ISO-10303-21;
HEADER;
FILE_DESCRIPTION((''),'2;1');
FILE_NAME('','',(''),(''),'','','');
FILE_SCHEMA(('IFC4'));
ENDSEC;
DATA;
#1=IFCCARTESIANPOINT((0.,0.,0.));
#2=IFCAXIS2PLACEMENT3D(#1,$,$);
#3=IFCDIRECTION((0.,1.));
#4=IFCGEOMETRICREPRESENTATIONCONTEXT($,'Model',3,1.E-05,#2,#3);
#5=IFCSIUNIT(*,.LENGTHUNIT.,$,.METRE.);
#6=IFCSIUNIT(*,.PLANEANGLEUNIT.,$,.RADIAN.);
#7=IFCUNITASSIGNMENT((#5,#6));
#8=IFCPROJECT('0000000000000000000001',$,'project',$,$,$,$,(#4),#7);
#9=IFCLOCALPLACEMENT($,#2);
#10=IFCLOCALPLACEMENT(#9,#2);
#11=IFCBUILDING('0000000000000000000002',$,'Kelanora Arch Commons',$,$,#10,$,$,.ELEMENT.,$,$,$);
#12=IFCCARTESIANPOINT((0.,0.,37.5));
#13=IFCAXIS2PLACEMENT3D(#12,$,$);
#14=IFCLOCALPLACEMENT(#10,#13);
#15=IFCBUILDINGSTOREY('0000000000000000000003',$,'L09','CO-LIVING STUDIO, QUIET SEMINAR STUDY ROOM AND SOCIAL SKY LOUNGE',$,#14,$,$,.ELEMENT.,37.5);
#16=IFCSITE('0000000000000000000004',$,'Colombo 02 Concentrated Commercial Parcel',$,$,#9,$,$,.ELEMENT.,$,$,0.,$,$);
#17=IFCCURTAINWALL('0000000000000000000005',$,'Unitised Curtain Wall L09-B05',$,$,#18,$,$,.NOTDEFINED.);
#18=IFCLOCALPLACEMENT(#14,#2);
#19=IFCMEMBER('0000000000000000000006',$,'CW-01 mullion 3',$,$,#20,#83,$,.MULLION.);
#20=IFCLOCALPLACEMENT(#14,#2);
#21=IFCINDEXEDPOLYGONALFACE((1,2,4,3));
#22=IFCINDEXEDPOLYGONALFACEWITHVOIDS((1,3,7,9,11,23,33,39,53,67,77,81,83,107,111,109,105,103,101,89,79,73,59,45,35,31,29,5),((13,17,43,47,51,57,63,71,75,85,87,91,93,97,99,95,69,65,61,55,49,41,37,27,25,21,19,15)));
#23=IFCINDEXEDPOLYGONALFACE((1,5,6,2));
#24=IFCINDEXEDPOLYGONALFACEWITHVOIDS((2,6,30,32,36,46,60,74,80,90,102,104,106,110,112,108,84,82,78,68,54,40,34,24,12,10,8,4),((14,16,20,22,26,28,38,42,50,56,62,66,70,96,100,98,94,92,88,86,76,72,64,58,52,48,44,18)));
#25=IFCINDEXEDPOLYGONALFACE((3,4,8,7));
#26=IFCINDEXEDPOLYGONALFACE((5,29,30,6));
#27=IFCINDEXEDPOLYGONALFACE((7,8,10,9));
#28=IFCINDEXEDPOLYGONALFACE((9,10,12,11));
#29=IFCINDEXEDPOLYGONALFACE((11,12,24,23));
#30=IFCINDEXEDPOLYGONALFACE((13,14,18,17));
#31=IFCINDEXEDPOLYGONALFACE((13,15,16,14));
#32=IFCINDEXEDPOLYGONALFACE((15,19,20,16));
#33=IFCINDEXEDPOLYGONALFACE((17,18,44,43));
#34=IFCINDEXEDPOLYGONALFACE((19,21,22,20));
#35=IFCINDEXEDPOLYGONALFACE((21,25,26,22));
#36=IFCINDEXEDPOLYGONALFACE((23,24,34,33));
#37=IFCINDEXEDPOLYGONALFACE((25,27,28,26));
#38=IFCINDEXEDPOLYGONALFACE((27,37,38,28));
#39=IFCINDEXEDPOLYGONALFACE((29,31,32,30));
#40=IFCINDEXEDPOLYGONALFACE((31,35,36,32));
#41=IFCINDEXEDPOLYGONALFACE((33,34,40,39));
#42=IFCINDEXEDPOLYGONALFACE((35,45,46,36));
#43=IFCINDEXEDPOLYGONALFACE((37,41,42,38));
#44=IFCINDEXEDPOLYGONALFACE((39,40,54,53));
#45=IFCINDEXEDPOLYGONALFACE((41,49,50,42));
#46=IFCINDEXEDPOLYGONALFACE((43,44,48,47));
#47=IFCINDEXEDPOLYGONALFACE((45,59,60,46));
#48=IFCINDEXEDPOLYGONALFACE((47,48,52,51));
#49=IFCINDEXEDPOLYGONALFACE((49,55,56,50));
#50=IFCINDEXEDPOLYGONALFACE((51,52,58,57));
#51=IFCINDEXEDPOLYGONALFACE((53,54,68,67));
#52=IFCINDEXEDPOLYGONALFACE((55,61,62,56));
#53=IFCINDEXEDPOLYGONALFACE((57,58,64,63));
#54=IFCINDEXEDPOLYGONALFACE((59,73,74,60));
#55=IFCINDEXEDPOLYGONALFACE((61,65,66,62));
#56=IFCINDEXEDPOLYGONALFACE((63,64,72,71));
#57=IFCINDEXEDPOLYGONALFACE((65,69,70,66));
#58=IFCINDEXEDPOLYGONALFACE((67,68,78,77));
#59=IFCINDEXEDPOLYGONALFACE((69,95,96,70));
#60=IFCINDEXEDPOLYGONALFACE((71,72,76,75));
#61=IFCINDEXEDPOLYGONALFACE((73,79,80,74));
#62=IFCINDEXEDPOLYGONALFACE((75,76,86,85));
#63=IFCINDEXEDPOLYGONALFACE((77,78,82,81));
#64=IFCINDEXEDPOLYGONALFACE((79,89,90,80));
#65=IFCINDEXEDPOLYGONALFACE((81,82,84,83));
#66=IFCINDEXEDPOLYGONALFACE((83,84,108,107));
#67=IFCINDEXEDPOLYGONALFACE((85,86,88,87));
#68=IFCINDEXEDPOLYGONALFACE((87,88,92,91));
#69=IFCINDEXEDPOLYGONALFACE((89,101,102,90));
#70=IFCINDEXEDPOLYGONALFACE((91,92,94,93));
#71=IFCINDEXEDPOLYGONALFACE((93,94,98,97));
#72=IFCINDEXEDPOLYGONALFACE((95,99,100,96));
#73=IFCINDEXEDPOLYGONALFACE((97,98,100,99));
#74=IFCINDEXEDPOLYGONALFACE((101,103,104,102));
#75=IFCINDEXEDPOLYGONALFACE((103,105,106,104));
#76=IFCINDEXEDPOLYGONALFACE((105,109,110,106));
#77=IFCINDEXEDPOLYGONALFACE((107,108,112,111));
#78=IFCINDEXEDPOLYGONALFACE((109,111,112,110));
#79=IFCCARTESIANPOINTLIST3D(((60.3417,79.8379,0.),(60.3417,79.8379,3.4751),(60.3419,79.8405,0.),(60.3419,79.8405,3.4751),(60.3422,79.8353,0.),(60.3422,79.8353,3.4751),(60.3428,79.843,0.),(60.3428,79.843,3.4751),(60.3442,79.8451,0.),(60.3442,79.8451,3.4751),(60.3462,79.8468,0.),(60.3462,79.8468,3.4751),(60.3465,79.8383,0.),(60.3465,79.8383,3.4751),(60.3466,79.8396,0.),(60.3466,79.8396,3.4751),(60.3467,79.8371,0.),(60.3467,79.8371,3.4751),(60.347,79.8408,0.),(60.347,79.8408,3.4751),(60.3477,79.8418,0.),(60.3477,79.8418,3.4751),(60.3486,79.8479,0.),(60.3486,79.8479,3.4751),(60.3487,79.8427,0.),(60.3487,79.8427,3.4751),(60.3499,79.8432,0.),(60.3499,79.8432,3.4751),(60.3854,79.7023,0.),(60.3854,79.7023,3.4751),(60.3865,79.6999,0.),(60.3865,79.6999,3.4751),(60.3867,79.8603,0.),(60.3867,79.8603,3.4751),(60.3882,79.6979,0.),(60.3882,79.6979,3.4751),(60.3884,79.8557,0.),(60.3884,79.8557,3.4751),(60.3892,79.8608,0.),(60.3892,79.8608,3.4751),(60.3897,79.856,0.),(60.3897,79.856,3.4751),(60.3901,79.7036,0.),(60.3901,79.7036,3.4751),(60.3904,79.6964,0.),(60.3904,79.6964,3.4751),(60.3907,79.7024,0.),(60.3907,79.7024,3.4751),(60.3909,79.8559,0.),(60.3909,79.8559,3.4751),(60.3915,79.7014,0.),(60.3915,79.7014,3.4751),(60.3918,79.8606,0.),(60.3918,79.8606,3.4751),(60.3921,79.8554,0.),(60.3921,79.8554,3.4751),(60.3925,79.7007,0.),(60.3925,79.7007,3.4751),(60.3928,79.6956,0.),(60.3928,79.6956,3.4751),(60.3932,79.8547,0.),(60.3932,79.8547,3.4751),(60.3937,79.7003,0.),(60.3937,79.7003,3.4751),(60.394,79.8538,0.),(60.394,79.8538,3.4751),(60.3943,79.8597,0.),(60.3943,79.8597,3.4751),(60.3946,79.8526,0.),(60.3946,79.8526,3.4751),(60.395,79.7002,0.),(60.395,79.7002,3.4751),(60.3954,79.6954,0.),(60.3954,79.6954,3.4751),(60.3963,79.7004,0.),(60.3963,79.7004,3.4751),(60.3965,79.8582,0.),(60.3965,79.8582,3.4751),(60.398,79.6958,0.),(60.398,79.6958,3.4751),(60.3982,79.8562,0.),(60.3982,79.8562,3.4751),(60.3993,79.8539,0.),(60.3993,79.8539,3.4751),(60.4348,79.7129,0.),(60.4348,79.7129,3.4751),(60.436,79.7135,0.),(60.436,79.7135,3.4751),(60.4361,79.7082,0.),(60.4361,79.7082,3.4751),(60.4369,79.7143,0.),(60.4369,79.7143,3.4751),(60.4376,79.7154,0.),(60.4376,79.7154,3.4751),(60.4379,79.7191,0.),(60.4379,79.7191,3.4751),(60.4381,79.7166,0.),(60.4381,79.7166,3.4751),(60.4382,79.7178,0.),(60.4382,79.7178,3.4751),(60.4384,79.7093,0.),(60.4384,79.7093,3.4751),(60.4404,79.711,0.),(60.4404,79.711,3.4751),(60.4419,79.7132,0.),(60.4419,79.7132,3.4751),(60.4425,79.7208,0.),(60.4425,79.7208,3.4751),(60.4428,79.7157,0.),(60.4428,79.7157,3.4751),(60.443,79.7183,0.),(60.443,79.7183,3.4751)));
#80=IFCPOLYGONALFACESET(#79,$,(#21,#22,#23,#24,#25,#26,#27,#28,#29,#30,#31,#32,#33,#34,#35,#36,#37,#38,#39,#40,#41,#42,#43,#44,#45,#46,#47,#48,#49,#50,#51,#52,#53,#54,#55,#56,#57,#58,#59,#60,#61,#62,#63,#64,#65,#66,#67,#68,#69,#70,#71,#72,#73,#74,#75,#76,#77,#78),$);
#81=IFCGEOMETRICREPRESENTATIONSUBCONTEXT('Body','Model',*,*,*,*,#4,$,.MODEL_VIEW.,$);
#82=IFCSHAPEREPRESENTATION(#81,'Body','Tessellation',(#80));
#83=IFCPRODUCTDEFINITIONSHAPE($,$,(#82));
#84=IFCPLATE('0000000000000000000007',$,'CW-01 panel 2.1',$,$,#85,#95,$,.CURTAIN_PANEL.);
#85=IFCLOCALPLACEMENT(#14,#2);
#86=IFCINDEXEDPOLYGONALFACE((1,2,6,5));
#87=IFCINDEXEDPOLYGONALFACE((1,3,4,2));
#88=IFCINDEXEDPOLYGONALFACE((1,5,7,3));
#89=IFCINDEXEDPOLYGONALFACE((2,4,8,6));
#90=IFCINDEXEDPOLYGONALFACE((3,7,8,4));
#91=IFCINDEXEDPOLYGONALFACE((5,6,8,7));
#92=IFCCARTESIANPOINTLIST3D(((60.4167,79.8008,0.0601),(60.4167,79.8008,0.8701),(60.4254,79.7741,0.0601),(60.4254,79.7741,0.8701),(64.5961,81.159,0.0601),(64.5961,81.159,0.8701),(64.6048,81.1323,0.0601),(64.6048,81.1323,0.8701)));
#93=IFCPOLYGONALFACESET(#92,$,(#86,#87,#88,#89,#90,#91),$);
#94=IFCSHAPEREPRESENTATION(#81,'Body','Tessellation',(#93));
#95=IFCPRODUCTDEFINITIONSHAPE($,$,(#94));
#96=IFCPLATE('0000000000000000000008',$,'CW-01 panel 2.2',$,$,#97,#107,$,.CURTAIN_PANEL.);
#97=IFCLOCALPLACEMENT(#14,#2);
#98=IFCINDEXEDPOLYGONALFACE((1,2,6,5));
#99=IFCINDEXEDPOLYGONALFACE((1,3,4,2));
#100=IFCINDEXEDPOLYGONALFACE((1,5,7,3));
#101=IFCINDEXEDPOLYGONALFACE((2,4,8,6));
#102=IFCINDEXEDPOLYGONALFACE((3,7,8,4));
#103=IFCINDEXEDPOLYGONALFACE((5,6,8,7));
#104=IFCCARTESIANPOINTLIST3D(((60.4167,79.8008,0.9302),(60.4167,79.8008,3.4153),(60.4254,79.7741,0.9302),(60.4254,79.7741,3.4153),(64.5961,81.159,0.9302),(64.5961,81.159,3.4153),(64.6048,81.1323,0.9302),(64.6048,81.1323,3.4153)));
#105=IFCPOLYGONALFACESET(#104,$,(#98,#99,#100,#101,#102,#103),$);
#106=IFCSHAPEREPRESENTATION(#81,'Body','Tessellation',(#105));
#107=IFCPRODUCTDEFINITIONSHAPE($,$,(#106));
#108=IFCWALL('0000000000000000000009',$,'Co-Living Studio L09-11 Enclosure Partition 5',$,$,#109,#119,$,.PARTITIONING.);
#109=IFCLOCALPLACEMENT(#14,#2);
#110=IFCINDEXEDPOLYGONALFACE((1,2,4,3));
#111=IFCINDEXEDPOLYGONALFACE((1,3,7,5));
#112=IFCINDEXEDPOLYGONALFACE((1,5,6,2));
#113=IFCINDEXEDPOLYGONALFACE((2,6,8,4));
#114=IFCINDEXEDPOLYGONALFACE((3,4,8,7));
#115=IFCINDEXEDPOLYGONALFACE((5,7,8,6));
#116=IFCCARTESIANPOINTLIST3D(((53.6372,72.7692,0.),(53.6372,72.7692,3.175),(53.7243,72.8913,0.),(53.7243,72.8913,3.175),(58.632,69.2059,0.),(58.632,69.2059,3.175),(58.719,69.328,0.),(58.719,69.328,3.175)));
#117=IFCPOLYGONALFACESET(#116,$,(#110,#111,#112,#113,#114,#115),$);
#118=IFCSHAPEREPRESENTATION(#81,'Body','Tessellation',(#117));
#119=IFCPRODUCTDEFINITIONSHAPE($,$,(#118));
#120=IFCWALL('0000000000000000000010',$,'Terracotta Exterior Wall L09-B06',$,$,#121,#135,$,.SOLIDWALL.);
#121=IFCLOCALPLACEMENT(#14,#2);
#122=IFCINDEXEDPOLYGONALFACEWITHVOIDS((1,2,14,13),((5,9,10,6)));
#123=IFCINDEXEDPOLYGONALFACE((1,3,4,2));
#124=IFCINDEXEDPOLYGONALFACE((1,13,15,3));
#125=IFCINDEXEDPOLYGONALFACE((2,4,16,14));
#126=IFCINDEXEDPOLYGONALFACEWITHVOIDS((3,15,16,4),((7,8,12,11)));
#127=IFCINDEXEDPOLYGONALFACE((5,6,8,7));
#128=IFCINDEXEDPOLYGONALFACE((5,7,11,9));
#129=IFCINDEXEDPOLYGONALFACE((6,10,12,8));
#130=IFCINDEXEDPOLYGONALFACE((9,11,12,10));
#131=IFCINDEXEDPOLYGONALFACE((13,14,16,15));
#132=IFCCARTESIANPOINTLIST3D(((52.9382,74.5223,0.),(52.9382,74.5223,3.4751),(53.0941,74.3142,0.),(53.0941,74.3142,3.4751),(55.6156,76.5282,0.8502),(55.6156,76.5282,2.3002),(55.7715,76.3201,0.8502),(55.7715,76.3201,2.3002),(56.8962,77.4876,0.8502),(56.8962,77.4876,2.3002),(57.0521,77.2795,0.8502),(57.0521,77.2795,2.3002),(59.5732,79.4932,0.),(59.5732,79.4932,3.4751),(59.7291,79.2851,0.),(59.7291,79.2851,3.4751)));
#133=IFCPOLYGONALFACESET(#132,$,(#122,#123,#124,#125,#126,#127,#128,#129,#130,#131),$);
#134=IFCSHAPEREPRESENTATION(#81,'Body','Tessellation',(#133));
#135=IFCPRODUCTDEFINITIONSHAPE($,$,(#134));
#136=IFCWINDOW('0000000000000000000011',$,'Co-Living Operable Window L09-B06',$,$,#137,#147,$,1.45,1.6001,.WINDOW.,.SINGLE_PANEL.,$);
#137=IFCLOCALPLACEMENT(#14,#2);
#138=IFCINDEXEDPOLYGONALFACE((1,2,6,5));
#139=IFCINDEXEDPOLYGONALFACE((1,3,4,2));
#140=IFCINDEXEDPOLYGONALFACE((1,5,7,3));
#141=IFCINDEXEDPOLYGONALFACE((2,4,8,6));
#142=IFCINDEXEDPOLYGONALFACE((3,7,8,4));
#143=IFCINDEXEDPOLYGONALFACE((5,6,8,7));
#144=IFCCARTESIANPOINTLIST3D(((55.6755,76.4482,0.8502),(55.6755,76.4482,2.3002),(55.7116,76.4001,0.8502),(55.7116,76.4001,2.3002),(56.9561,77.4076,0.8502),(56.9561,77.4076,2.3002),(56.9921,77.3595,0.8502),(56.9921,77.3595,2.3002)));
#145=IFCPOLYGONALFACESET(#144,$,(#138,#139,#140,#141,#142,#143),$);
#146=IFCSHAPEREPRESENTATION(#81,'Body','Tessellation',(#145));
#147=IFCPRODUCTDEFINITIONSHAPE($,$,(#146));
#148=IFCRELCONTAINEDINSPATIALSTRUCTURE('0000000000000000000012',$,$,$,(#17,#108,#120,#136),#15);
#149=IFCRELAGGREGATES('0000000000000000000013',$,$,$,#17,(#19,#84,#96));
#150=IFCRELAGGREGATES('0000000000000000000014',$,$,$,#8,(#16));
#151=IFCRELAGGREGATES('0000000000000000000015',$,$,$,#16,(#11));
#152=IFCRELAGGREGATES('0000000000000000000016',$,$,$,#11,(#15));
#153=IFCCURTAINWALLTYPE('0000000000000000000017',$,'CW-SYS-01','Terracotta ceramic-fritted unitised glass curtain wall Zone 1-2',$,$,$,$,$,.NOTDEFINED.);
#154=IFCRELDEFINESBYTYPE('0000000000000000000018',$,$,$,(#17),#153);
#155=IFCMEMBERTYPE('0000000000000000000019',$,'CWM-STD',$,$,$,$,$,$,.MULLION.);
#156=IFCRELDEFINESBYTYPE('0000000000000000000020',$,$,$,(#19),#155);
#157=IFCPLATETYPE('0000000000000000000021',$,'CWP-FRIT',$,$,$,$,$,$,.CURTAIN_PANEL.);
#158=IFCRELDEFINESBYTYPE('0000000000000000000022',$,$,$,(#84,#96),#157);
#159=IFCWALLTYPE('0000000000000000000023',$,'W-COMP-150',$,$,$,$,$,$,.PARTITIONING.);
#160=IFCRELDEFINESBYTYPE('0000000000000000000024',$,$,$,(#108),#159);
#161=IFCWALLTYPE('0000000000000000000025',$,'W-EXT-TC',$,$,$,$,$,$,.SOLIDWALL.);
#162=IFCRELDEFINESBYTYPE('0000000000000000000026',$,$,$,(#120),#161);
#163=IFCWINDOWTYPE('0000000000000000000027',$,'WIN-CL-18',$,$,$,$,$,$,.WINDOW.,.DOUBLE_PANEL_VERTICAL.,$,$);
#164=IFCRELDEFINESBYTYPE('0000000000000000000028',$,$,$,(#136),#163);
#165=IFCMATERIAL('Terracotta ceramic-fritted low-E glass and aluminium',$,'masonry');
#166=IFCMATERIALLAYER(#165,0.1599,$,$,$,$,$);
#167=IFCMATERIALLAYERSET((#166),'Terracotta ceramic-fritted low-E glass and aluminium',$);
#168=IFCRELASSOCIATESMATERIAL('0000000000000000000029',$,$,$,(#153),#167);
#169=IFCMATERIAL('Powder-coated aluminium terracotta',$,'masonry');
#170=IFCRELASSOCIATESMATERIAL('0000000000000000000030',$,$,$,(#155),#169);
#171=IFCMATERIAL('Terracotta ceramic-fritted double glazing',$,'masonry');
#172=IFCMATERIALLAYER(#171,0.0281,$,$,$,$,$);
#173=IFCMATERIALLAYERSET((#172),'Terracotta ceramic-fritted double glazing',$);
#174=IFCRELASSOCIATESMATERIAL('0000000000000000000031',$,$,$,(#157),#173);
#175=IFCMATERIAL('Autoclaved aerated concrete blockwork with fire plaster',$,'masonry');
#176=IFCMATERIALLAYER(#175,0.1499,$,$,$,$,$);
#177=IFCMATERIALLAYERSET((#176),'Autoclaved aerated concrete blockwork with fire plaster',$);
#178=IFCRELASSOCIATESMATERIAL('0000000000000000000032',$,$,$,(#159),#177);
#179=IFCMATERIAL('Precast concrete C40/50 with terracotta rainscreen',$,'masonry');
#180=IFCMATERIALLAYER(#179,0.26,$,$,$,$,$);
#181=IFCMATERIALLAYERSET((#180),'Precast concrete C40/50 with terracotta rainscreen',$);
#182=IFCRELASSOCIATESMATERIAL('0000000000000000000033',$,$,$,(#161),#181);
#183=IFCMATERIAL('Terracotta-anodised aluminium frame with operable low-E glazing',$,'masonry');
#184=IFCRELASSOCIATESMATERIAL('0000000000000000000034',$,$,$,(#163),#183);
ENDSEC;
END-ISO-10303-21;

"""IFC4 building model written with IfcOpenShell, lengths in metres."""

from ifc_helpers import new_model, si_unit, direction, frame, frame_2d, origin, origin_2d, place, context, subcontext, project, spatial, rectangle, hollow_rectangle, extrude, source, transform, mapped, material, layer, layer_set, material_profile, profile_set, type_object, element, fill, aggregate, save


model = new_model("IFC4")

# Units and contexts
model_context = context("Model", 3, precision=1e-05, world=origin(), true_north=direction((0.0, 1.0)))
body_context = subcontext(model_context, "Body", "Model", "MODEL_VIEW")
ifc_project = project(units=[si_unit("LENGTHUNIT", "METRE"), si_unit("PLANEANGLEUNIT", "RADIAN")], contexts=[model_context])

# Site, building, storey
site_placement = place(None, origin())
site = spatial("IfcSite", under=ifc_project, at=site_placement, Name="Colombo 02 Concentrated Commercial Parcel", CompositionType="ELEMENT", RefElevation=0.0)
building_placement = place(site_placement, origin())
building = spatial("IfcBuilding", under=site, at=building_placement, Name="Kelanora Arch Commons", CompositionType="ELEMENT")
storey_placement = place(building_placement, frame((0.0, 0.0, 37.5)))
storey = spatial("IfcBuildingStorey", under=building, at=storey_placement, Name="L09", Description="CO-LIVING STUDIO, QUIET SEMINAR STUDY ROOM AND SOCIAL SKY LOUNGE", CompositionType="ELEMENT", Elevation=37.5)

# Curtain wall, member, plates
ifc_material_1 = material(Name="Terracotta ceramic-fritted low-E glass and aluminium", Category="masonry")
ifc_layer_1 = layer(ifc_material_1, 0.1599)
ifc_layer_set_1 = layer_set([ifc_layer_1], Name="Terracotta ceramic-fritted low-E glass and aluminium")
curtain_wall_type = type_object("IfcCurtainWallType", Name="CW-SYS-01", Description="Terracotta ceramic-fritted unitised glass curtain wall Zone 1-2", PredefinedType="NOTDEFINED", material=ifc_layer_set_1)
curtain_wall_placement = place(storey_placement, origin())
curtain_wall = element("IfcCurtainWall", 1, at=curtain_wall_placement, inside=storey, type_object=curtain_wall_type, Name="Unitised Curtain Wall L09-B05", PredefinedType="NOTDEFINED")
ifc_material_2 = material(Name="Powder-coated aluminium terracotta", Category="masonry")
ifc_material_profile_1 = material_profile(ifc_material_2, hollow_rectangle(XDim=0.1599, YDim=0.0601, WallThickness=0.0049, InnerFilletRadius=0.0049, OuterFilletRadius=0.01, at=origin_2d()), Name="CWM160x60")
ifc_profile_set_1 = profile_set([ifc_material_profile_1], Name="Powder-coated aluminium terracotta")
member_type = type_object("IfcMemberType", Name="CWM-STD", PredefinedType="MULLION", material=ifc_profile_set_1)
member_placement = place(storey_placement, frame((60.3923, 79.7781, 0.0), z_axis=(0.0, 0.0, 1.0), x_axis=(0.309058, -0.951043, 0.0)))
member = element("IfcMember", 2, at=member_placement, type_object=member_type, Name="CW-01 mullion 3", PredefinedType="MULLION", context=body_context, shape_type="SweptSolid", body=[
    extrude(hollow_rectangle(XDim=0.1599, YDim=0.0601, WallThickness=0.0049, InnerFilletRadius=0.0049, OuterFilletRadius=0.01, at=origin_2d()), origin(), (0.0, 0.0, 1.0), 3.4751),
])
ifc_material_3 = material(Name="Terracotta ceramic-fritted double glazing", Category="masonry")
ifc_layer_2 = layer(ifc_material_3, 0.0281)
ifc_layer_set_2 = layer_set([ifc_layer_2], Name="Terracotta ceramic-fritted double glazing")
plate_type = type_object("IfcPlateType", Name="CWP-FRIT", PredefinedType="CURTAIN_PANEL", material=ifc_layer_set_2)
shared_shape_1 = source(origin(), body_context, "Body", "SweptSolid", [
    extrude(rectangle(XDim=4.3945, YDim=0.0281, at=origin_2d()), origin(), (0.0, 0.0, 1.0), 0.8101),
])
plate_1_placement = place(storey_placement, frame((62.5107, 80.4666, 0.0601), z_axis=(0.0, 0.0, 1.0), x_axis=(-0.951043, -0.309058, 0.0)))
plate_1 = element("IfcPlate", 3, at=plate_1_placement, type_object=plate_type, Name="CW-01 panel 2.1", PredefinedType="CURTAIN_PANEL", context=body_context, shape_type="MappedRepresentation", body=[
    mapped(shared_shape_1, transform((0.0, 0.0, 0.0), scale=1.0)),
])
shared_shape_2 = source(origin(), body_context, "Body", "SweptSolid", [
    extrude(rectangle(XDim=4.3945, YDim=0.0281, at=origin_2d()), origin(), (0.0, 0.0, 1.0), 2.4851),
])
plate_2_placement = place(storey_placement, frame((62.5107, 80.4666, 0.9302), z_axis=(0.0, 0.0, 1.0), x_axis=(-0.951043, -0.309058, 0.0)))
plate_2 = element("IfcPlate", 4, at=plate_2_placement, type_object=plate_type, Name="CW-01 panel 2.2", PredefinedType="CURTAIN_PANEL", context=body_context, shape_type="MappedRepresentation", body=[
    mapped(shared_shape_2, transform((0.0, 0.0, 0.0), scale=1.0)),
])
aggregate(curtain_wall, [member, plate_1, plate_2])

# Wall
ifc_material_4 = material(Name="Autoclaved aerated concrete blockwork with fire plaster", Category="masonry")
ifc_layer_3 = layer(ifc_material_4, 0.1499)
ifc_layer_set_3 = layer_set([ifc_layer_3], Name="Autoclaved aerated concrete blockwork with fire plaster")
wall_type_1 = type_object("IfcWallType", Name="W-COMP-150", PredefinedType="PARTITIONING", material=ifc_layer_set_3)
wall_1_placement = place(storey_placement, frame((53.6807, 72.8303, 0.0), z_axis=(0.0, 0.0, 1.0), x_axis=(0.814069, -0.580768, 0.0)))
element("IfcWall", 5, at=wall_1_placement, inside=storey, type_object=wall_type_1, Name="Co-Living Studio L09-11 Enclosure Partition 5", PredefinedType="PARTITIONING", context=body_context, shape_type="SweptSolid", body=[
    extrude(rectangle(XDim=6.1355, YDim=0.1499, at=frame_2d((3.0679, 0.0))), origin(), (0.0, 0.0, 1.0), 3.175),
])

# Wall, opening, window
ifc_material_5 = material(Name="Precast concrete C40/50 with terracotta rainscreen", Category="masonry")
ifc_layer_4 = layer(ifc_material_5, 0.26)
ifc_layer_set_4 = layer_set([ifc_layer_4], Name="Precast concrete C40/50 with terracotta rainscreen")
wall_type_2 = type_object("IfcWallType", Name="W-EXT-TC", PredefinedType="SOLIDWALL", material=ifc_layer_set_4)
wall_2_placement = place(storey_placement, frame((59.6511, 79.3892, 0.0), z_axis=(0.0, 0.0, 1.0), x_axis=(-0.800307, -0.59959, 0.0)))
wall_2 = element("IfcWall", 6, at=wall_2_placement, inside=storey, type_object=wall_type_2, Name="Terracotta Exterior Wall L09-B06", PredefinedType="SOLIDWALL", context=body_context, shape_type="SweptSolid", body=[
    extrude(rectangle(XDim=8.2905, YDim=0.26, at=frame_2d((4.1453, 0.0))), origin(), (0.0, 0.0, 1.0), 3.4751),
])
opening_1_placement = place(wall_2_placement, frame((3.345, 0.0, 0.8501)))
opening_1 = element("IfcOpeningElement", 7, at=opening_1_placement, cuts=wall_2, PredefinedType="OPENING", context=body_context, shape_type="SweptSolid", body=[
    extrude(rectangle(XDim=1.6001, YDim=1.45, at=frame_2d((0.8, 0.7251))), frame((0.0, 0.1401, 0.0), z_axis=(0.0, -1.0, 0.0), x_axis=(1.0, 0.0, 0.0)), (0.0, 0.0, 1.0), 0.28),
])
ifc_material_6 = material(Name="Terracotta-anodised aluminium frame with operable low-E glazing", Category="masonry")
window_type_1 = type_object("IfcWindowType", Name="WIN-CL-18", PartitioningType="DOUBLE_PANEL_VERTICAL", PredefinedType="WINDOW", material=ifc_material_6)
window_1_placement = place(opening_1_placement, origin())
window_1 = element("IfcWindow", 8, at=window_1_placement, inside=storey, type_object=window_type_1, Name="Co-Living Operable Window L09-B06", OverallHeight=1.45, OverallWidth=1.6001, PartitioningType="SINGLE_PANEL", PredefinedType="WINDOW", context=body_context, shape_type="SweptSolid", body=[
    extrude(rectangle(XDim=1.6001, YDim=1.45, at=frame_2d((0.8, 0.7251))), frame((0.0, 0.03, 0.0), z_axis=(0.0, -1.0, 0.0), x_axis=(1.0, 0.0, 0.0)), (0.0, 0.0, 1.0), 0.0601),
])
fill(opening_1, window_1)

save(model, "model.ifc")
